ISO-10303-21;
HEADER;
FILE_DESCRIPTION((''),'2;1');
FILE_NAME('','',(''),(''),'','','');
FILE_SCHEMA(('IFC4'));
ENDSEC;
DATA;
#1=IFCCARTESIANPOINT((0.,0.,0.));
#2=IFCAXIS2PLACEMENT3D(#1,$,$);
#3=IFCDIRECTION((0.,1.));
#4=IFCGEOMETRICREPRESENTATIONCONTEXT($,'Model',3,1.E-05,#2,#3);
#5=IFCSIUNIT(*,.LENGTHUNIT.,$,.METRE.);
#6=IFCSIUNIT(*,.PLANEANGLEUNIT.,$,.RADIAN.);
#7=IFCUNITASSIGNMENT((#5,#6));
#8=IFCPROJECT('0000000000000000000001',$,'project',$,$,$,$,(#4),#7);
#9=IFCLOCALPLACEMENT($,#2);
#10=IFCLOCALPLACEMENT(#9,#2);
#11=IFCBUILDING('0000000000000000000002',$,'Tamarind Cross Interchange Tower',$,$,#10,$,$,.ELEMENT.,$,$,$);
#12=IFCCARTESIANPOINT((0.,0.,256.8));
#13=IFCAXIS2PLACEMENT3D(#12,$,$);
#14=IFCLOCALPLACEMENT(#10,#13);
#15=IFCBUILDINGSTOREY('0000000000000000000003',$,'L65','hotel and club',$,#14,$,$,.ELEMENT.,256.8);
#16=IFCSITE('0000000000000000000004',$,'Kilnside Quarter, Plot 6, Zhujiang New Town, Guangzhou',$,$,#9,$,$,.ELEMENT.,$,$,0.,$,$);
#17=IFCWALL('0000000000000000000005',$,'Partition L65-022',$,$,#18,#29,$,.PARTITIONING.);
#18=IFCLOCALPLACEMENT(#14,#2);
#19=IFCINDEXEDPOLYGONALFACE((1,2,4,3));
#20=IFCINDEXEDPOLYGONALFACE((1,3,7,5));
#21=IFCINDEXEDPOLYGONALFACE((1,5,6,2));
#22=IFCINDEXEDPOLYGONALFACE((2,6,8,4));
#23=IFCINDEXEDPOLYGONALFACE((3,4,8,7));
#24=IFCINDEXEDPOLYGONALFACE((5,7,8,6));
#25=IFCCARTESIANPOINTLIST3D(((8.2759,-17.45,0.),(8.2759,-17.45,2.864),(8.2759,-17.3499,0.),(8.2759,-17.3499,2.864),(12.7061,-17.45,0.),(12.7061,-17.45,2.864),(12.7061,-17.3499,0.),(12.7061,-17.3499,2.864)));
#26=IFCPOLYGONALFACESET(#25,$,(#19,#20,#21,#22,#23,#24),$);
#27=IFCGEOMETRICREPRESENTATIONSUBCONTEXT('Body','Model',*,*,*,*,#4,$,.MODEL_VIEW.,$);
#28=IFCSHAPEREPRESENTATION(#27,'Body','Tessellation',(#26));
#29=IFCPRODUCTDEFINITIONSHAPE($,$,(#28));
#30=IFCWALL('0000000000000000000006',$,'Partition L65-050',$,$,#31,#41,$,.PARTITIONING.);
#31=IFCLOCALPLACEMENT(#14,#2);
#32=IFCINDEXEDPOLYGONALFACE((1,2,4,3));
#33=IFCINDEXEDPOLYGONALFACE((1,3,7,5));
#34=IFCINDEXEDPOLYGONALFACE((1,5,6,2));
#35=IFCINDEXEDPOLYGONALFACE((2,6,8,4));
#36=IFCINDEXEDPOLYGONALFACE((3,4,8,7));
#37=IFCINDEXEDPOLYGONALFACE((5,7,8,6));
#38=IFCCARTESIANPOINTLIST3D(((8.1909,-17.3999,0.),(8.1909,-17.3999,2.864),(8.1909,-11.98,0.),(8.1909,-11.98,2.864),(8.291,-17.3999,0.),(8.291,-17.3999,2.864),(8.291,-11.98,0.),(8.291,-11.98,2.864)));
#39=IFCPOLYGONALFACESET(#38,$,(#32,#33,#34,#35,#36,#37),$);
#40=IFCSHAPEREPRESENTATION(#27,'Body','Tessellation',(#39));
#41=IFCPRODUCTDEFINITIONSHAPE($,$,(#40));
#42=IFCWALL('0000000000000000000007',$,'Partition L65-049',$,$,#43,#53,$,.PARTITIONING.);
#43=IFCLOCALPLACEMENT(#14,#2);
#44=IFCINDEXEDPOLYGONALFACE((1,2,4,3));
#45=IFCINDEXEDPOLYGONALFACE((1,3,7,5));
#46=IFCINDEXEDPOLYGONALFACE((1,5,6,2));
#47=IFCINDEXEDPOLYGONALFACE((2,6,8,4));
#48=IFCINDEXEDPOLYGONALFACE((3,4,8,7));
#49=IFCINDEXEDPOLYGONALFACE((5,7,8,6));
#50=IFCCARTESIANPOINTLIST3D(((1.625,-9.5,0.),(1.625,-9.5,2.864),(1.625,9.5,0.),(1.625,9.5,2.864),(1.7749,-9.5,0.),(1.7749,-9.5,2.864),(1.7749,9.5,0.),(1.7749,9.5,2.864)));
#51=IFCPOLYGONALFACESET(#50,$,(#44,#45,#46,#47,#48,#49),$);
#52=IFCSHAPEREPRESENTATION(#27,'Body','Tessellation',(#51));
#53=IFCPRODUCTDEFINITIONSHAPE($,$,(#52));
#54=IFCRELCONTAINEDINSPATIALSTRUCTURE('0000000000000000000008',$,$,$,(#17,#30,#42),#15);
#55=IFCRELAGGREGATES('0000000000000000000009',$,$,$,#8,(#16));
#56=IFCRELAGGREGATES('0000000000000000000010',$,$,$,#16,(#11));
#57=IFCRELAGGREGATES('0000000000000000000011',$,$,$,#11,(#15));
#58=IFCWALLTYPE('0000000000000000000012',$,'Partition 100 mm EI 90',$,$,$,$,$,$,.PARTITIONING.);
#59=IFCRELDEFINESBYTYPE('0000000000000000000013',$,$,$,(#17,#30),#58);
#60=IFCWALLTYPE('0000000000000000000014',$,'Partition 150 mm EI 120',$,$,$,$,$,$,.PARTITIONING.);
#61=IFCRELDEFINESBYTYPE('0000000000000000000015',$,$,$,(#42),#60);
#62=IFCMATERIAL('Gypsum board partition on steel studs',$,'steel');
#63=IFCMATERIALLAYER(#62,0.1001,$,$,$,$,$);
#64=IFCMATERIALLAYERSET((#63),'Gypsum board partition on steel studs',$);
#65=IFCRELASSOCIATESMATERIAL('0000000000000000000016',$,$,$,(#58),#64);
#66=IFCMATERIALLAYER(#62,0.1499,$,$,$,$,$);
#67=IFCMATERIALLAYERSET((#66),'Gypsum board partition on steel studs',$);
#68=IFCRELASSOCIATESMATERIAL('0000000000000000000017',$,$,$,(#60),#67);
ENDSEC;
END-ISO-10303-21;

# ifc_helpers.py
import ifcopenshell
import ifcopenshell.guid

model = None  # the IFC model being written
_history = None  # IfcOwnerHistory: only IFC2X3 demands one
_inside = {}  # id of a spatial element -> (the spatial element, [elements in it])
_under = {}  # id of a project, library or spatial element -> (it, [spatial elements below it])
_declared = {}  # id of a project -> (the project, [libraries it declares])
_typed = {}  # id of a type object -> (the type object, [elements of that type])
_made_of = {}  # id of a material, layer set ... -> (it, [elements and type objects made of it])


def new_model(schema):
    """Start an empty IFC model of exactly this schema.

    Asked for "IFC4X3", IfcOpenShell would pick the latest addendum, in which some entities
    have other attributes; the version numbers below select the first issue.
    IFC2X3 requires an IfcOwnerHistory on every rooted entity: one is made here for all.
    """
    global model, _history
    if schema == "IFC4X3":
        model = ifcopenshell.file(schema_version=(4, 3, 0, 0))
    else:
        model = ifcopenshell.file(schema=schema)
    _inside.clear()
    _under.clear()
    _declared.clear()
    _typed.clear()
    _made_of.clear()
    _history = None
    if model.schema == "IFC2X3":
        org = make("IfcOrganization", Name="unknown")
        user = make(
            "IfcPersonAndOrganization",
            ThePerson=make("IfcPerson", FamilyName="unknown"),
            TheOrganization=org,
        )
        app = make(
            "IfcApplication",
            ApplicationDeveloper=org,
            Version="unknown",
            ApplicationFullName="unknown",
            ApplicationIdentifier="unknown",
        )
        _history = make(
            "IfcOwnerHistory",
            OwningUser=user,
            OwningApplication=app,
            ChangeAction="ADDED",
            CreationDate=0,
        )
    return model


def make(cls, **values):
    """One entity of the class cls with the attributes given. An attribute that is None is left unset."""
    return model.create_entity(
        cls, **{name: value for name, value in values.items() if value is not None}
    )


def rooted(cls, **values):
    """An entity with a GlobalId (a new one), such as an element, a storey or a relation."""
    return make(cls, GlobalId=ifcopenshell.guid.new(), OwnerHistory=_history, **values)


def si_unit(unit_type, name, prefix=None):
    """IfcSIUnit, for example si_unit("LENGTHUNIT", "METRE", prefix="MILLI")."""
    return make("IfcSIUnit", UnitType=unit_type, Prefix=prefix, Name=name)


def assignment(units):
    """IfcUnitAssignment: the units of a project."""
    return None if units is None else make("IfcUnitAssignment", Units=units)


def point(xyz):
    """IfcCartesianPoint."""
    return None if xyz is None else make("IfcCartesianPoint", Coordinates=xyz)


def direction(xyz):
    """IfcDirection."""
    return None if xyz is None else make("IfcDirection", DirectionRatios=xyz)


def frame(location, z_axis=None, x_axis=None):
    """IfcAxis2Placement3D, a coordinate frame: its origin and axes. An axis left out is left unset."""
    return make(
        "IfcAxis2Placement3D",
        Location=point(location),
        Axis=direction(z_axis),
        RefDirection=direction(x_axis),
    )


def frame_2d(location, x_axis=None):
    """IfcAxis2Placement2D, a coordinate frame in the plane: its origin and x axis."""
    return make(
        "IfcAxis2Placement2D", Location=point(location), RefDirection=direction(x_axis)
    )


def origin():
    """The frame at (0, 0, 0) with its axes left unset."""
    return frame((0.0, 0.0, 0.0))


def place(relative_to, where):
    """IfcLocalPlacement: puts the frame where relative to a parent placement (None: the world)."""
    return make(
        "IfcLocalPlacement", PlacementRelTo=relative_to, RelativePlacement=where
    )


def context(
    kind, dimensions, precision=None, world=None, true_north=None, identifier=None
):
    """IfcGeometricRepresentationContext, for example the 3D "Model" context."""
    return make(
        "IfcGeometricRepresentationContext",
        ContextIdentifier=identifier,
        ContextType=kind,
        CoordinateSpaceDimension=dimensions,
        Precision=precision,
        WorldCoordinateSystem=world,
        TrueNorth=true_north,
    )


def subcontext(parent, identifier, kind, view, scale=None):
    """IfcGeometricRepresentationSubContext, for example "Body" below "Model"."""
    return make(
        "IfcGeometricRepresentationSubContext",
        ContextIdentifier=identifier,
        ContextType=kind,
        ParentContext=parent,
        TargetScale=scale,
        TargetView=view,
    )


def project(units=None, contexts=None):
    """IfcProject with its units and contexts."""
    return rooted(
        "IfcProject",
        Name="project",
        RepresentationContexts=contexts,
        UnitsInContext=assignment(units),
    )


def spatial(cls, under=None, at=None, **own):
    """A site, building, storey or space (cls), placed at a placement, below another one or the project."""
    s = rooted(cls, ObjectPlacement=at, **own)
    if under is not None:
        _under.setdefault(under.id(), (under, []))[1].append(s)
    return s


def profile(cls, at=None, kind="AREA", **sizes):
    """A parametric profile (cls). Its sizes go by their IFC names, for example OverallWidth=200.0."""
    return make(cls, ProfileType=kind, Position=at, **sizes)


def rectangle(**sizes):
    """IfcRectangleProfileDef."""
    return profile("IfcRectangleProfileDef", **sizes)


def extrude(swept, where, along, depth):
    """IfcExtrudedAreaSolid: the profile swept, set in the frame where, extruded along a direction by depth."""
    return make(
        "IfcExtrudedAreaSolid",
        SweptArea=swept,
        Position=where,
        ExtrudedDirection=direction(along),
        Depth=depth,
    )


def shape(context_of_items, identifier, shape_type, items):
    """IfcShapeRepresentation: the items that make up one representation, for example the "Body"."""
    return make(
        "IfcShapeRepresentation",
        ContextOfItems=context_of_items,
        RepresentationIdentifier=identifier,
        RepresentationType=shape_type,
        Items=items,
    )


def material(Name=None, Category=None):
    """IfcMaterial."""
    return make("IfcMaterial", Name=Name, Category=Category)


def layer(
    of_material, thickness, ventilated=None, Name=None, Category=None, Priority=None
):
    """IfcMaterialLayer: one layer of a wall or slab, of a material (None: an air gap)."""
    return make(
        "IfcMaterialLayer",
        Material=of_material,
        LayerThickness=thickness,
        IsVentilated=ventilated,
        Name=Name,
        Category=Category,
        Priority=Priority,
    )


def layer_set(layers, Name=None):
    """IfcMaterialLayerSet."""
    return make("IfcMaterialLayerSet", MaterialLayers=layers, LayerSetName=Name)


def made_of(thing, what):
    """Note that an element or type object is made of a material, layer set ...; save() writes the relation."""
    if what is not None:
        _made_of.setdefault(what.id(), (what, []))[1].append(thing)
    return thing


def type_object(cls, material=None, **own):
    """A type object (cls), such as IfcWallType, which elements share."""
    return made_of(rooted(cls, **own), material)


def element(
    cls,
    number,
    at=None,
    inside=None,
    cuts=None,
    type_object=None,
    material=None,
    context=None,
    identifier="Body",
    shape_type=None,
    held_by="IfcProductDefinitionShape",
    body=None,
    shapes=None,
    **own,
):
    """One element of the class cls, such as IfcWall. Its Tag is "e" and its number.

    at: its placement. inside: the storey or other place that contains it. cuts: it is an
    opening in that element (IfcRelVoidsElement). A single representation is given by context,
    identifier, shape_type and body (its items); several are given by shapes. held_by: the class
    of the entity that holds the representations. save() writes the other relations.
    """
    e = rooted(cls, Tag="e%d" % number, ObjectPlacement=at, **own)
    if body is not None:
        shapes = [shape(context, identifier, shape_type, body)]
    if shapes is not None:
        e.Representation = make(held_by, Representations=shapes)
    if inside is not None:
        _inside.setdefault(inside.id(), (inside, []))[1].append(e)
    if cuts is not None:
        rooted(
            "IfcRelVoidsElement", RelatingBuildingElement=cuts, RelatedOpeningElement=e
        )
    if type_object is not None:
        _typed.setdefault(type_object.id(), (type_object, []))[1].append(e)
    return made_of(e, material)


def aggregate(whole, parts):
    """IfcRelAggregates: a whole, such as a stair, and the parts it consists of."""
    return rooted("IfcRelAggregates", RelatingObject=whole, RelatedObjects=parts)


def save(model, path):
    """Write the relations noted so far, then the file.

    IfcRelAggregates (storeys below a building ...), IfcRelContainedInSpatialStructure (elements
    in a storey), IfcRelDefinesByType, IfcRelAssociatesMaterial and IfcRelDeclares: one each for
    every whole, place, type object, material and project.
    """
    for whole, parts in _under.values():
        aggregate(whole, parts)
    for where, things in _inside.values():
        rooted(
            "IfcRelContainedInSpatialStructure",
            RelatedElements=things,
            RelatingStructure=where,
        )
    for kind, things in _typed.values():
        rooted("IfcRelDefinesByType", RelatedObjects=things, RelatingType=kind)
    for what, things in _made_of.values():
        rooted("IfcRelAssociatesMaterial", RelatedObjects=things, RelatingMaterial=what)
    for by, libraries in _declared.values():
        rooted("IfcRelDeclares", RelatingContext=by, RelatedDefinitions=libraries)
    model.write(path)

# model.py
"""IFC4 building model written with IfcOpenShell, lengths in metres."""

from ifc_helpers import new_model, si_unit, direction, frame, frame_2d, origin, place, context, subcontext, project, spatial, rectangle, extrude, material, layer, layer_set, type_object, element, save


model = new_model("IFC4")

# Units and contexts
model_context = context("Model", 3, precision=1e-05, world=origin(), true_north=direction((0.0, 1.0)))
body_context = subcontext(model_context, "Body", "Model", "MODEL_VIEW")
ifc_project = project(units=[si_unit("LENGTHUNIT", "METRE"), si_unit("PLANEANGLEUNIT", "RADIAN")], contexts=[model_context])

# Site, building, storey
site_placement = place(None, origin())
site = spatial("IfcSite", under=ifc_project, at=site_placement, Name="Kilnside Quarter, Plot 6, Zhujiang New Town, Guangzhou", CompositionType="ELEMENT", RefElevation=0.0)
building_placement = place(site_placement, origin())
building = spatial("IfcBuilding", under=site, at=building_placement, Name="Tamarind Cross Interchange Tower", CompositionType="ELEMENT")
storey_placement = place(building_placement, frame((0.0, 0.0, 256.8)))
storey = spatial("IfcBuildingStorey", under=building, at=storey_placement, Name="L65", Description="hotel and club", CompositionType="ELEMENT", Elevation=256.8)

# Walls
ifc_material_1 = material(Name="Gypsum board partition on steel studs", Category="steel")
ifc_layer_1 = layer(ifc_material_1, 0.1001)
ifc_layer_set_1 = layer_set([ifc_layer_1], Name="Gypsum board partition on steel studs")
wall_type_1 = type_object("IfcWallType", Name="Partition 100 mm EI 90", PredefinedType="PARTITIONING", material=ifc_layer_set_1)
wall_1_placement = place(storey_placement, frame((8.2759, -17.3999, 0.0), z_axis=(0.0, 0.0, 1.0), x_axis=(1.0, 0.0, 0.0)))
element("IfcWall", 1, at=wall_1_placement, inside=storey, type_object=wall_type_1, Name="Partition L65-022", PredefinedType="PARTITIONING", context=body_context, shape_type="SweptSolid", body=[
    extrude(rectangle(XDim=4.4302, YDim=0.1001, at=frame_2d((2.2151, 0.0))), origin(), (0.0, 0.0, 1.0), 2.864),
])
wall_2_placement = place(storey_placement, frame((8.241, -17.3999, 0.0), z_axis=(0.0, 0.0, 1.0), x_axis=(0.0, 1.0, 0.0)))
element("IfcWall", 2, at=wall_2_placement, inside=storey, type_object=wall_type_1, Name="Partition L65-050", PredefinedType="PARTITIONING", context=body_context, shape_type="SweptSolid", body=[
    extrude(rectangle(XDim=5.4199, YDim=0.1001, at=frame_2d((2.71, 0.0))), origin(), (0.0, 0.0, 1.0), 2.864),
])
ifc_layer_2 = layer(ifc_material_1, 0.1499)
ifc_layer_set_2 = layer_set([ifc_layer_2], Name="Gypsum board partition on steel studs")
wall_type_2 = type_object("IfcWallType", Name="Partition 150 mm EI 120", PredefinedType="PARTITIONING", material=ifc_layer_set_2)
wall_3_placement = place(storey_placement, frame((1.7, -9.5, 0.0), z_axis=(0.0, 0.0, 1.0), x_axis=(0.0, 1.0, 0.0)))
element("IfcWall", 3, at=wall_3_placement, inside=storey, type_object=wall_type_2, Name="Partition L65-049", PredefinedType="PARTITIONING", context=body_context, shape_type="SweptSolid", body=[
    extrude(rectangle(XDim=19.0, YDim=0.1499, at=frame_2d((9.5, 0.0))), origin(), (0.0, 0.0, 1.0), 2.864),
])

save(model, "model.ifc")
